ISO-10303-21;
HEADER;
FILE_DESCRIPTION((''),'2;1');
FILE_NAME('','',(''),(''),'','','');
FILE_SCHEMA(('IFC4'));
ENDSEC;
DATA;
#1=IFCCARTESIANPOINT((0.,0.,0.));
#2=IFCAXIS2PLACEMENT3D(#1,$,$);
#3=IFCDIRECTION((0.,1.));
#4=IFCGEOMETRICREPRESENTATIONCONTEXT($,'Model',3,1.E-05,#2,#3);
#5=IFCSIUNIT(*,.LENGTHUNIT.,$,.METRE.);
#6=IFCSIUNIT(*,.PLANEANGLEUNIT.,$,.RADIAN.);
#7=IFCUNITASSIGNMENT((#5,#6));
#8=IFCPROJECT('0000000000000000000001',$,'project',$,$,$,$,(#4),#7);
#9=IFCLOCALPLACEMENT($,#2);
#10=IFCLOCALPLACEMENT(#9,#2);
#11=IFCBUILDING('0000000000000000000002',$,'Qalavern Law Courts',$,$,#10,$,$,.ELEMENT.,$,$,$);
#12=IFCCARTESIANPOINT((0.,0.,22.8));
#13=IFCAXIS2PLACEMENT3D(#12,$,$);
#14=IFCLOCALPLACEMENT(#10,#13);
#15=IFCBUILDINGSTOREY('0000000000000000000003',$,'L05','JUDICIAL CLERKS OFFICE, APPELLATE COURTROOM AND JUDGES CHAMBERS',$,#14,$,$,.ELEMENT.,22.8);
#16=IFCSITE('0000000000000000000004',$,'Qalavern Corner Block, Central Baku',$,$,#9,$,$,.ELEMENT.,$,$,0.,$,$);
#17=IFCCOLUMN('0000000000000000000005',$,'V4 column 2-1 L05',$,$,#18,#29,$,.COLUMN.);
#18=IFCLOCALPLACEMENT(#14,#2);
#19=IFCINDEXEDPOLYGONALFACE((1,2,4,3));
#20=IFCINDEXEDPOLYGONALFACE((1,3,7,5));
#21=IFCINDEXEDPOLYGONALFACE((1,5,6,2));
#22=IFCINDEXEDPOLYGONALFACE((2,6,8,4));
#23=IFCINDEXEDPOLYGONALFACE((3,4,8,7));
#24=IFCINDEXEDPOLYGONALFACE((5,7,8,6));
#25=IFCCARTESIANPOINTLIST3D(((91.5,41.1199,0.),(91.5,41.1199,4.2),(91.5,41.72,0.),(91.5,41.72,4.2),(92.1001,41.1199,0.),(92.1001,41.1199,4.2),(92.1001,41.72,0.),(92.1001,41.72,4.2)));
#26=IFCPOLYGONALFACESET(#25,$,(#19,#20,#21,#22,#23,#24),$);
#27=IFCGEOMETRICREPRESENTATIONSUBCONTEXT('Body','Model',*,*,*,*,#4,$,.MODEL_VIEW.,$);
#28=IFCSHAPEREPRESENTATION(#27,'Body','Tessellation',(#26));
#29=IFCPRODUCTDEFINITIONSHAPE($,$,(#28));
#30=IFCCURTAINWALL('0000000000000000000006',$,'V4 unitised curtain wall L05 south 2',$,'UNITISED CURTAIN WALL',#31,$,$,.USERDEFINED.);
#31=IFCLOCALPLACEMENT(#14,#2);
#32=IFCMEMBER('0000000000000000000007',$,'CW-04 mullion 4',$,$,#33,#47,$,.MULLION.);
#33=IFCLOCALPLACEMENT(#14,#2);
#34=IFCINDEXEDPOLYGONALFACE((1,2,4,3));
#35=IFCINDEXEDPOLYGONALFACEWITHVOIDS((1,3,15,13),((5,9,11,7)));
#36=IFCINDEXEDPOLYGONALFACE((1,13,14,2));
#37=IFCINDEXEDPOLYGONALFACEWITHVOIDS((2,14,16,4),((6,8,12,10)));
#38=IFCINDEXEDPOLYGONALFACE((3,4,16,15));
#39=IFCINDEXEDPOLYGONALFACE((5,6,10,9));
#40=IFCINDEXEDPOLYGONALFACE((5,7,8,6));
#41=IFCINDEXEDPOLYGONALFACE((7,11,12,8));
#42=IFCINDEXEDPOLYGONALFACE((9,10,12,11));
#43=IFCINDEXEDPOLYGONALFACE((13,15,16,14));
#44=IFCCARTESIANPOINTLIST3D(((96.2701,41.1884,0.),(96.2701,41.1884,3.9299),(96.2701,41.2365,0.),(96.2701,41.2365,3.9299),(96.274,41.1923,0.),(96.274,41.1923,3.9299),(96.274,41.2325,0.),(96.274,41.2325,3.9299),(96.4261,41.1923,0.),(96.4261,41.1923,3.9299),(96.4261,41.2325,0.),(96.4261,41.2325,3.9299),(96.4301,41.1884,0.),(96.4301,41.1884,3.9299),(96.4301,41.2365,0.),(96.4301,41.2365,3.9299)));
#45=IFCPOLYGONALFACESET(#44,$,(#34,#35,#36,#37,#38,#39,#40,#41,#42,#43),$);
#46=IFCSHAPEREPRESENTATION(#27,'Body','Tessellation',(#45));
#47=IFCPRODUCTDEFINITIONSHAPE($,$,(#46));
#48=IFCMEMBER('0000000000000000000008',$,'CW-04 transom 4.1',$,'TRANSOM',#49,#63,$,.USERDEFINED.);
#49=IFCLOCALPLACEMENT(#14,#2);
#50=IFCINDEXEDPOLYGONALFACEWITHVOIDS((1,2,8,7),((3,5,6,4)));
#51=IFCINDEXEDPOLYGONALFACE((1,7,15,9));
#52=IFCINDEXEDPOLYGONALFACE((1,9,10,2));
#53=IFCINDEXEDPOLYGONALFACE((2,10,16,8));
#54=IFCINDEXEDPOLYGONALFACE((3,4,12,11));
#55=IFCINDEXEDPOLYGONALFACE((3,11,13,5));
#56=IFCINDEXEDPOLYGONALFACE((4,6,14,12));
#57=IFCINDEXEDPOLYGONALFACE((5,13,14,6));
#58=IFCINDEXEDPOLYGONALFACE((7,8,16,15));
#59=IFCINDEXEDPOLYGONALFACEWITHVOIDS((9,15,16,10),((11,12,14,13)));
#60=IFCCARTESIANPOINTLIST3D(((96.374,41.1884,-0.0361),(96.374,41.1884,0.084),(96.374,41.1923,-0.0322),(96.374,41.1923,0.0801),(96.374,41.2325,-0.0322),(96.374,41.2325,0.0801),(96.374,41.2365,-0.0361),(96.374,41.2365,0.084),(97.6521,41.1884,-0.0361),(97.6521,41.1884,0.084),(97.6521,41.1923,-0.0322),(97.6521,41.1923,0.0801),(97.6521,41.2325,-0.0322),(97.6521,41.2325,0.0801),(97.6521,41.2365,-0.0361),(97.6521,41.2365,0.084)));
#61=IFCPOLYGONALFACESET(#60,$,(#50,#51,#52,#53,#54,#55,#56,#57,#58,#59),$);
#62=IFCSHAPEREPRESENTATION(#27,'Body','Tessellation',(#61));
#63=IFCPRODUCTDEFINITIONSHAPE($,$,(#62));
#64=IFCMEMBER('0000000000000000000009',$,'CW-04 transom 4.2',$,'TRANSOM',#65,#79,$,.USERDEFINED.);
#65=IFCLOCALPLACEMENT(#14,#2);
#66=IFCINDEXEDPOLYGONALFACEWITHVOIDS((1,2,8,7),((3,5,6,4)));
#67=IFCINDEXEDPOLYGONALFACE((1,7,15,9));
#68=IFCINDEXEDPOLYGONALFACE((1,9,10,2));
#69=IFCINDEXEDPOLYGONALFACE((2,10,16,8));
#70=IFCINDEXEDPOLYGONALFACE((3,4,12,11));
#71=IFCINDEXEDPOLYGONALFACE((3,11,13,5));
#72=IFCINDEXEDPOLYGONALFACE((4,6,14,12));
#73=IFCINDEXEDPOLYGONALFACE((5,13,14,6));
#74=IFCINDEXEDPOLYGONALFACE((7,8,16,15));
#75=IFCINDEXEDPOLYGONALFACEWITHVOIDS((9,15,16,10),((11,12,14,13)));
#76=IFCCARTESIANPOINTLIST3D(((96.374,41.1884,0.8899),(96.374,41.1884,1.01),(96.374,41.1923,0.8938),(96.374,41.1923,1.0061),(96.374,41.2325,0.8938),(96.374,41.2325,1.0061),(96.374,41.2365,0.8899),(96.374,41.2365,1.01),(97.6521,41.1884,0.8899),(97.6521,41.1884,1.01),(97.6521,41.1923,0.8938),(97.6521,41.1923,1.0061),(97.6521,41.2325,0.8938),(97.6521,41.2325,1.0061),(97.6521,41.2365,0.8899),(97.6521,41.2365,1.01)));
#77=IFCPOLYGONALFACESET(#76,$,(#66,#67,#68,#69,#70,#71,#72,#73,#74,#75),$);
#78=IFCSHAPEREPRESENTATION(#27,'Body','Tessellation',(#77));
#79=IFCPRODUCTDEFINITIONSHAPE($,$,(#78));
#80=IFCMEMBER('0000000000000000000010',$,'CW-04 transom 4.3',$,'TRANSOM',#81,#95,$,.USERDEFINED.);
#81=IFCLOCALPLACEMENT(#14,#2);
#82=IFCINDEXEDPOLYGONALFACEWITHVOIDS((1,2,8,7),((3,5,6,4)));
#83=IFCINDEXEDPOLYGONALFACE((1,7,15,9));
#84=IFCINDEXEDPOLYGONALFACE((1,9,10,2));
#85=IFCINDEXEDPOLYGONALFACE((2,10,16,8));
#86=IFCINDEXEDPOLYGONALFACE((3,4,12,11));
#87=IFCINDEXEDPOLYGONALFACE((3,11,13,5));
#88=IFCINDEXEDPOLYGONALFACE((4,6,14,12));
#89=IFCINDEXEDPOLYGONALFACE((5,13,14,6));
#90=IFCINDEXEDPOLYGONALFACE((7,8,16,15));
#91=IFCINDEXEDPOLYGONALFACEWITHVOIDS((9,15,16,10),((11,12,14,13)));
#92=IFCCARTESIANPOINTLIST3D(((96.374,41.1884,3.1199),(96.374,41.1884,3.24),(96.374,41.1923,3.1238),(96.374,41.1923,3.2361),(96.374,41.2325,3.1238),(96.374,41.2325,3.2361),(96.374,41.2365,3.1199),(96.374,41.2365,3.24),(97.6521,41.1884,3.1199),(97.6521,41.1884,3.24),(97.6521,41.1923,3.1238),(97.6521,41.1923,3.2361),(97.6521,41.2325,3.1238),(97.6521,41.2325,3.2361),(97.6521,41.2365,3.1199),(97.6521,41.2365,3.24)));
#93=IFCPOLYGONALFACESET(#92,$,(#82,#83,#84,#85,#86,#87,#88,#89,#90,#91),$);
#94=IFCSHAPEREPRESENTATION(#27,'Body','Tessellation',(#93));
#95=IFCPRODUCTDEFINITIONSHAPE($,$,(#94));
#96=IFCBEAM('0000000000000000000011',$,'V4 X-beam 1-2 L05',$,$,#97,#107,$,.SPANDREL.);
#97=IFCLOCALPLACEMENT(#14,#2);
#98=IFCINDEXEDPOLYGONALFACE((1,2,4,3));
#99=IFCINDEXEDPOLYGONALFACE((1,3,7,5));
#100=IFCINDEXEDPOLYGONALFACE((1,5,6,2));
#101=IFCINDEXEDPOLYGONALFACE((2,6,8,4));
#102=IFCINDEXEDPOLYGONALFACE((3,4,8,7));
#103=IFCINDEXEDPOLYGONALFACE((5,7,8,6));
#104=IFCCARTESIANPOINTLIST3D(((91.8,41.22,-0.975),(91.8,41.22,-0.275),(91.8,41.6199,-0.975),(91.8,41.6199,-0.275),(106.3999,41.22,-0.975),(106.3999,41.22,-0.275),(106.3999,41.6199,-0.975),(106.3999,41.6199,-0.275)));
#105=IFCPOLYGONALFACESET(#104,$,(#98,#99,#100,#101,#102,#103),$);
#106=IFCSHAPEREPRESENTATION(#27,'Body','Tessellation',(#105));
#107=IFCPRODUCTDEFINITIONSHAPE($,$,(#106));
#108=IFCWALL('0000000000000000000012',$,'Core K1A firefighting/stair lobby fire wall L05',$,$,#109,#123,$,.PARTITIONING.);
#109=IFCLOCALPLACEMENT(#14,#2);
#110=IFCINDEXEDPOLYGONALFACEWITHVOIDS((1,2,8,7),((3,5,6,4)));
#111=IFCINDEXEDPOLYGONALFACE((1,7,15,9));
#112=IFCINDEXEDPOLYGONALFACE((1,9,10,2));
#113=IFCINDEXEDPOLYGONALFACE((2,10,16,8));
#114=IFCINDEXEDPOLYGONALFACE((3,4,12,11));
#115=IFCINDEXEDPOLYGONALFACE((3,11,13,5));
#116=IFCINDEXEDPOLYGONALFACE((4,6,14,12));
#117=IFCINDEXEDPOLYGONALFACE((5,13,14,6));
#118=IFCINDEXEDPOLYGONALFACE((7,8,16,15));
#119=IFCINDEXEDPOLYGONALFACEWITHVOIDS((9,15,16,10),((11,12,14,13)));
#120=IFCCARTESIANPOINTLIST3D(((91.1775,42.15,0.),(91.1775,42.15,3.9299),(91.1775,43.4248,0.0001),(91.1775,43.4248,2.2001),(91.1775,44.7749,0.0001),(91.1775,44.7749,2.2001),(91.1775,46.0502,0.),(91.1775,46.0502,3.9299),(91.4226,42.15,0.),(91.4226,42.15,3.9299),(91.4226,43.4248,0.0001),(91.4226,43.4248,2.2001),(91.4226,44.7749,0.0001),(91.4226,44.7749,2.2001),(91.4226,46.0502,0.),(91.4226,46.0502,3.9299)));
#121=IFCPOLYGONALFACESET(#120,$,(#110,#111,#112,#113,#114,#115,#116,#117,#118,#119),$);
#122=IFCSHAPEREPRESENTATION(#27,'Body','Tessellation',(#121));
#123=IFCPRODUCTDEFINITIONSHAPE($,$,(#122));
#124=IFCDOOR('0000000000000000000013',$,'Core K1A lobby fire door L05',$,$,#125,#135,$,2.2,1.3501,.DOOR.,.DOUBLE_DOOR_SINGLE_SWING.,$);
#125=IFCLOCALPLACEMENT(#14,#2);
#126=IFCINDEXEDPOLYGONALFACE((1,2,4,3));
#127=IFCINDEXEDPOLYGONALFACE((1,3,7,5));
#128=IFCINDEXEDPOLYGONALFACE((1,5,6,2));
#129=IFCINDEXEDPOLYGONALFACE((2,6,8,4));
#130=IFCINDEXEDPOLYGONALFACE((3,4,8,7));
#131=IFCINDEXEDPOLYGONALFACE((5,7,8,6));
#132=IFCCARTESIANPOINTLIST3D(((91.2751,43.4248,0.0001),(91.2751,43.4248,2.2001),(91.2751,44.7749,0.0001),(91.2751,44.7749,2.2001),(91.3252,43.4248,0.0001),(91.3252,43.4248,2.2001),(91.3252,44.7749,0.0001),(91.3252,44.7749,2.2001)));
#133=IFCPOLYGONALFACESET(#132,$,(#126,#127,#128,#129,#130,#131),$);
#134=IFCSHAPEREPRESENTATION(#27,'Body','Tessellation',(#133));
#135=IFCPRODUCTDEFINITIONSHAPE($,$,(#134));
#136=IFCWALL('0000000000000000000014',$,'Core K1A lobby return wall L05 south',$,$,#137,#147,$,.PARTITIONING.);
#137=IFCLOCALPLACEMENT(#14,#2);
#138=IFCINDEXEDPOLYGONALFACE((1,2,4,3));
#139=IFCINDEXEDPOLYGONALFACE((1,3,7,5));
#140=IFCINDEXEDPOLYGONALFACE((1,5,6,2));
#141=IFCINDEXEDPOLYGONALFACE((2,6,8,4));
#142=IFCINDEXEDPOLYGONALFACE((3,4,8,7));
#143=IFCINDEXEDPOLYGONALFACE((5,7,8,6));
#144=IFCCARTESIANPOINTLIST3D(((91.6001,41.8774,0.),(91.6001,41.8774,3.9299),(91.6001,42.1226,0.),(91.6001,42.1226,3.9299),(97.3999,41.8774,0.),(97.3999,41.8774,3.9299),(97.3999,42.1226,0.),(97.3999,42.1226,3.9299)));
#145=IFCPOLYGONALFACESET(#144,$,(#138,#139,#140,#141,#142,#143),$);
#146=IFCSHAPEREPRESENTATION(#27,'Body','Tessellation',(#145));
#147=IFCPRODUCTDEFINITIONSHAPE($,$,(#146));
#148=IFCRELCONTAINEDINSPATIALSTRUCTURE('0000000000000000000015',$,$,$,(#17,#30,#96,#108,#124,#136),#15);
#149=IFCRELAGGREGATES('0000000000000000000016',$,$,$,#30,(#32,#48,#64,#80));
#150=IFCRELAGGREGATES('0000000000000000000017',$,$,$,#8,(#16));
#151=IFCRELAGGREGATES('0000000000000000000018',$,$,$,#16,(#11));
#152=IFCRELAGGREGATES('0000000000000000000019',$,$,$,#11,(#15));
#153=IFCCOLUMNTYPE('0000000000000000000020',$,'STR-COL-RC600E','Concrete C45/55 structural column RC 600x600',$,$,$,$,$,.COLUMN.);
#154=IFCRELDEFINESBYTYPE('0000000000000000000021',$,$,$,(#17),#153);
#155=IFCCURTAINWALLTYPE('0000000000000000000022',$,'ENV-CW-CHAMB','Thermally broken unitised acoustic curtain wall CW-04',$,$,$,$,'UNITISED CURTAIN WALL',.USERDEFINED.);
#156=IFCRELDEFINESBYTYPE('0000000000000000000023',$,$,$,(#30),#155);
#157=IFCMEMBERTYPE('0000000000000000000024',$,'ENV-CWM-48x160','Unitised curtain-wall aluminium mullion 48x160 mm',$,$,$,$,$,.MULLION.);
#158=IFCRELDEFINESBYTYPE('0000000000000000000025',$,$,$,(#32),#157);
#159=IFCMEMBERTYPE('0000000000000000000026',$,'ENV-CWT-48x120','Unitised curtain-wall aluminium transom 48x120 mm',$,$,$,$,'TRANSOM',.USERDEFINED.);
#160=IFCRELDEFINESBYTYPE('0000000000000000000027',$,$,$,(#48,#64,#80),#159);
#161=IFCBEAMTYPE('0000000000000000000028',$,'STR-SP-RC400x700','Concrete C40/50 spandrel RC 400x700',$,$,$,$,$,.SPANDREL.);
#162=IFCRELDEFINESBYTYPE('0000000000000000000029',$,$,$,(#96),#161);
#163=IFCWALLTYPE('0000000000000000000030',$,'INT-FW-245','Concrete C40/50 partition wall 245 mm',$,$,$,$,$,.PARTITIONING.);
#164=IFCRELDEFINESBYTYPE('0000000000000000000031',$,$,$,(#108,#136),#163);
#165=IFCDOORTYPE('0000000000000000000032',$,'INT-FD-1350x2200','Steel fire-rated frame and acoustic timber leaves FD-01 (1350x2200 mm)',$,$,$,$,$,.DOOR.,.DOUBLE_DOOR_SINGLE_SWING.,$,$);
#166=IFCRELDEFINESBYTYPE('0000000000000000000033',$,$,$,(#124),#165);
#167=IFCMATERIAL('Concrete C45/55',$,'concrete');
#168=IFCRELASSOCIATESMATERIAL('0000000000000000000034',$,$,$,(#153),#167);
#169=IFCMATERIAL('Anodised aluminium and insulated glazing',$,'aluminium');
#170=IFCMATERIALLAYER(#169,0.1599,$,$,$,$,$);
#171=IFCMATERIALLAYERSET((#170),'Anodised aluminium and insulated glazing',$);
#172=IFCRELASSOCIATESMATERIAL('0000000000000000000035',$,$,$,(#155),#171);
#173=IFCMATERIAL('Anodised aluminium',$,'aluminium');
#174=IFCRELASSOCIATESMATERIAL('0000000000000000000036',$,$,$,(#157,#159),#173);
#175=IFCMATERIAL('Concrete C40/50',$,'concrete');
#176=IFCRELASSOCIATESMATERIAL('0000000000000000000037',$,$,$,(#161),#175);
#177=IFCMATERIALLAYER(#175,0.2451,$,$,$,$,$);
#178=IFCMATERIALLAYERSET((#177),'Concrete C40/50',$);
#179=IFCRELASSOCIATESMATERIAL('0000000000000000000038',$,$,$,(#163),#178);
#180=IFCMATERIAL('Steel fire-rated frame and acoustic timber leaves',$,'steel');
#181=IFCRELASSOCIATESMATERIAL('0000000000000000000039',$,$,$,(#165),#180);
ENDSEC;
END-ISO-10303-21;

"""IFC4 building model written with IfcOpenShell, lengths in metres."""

from ifc_helpers import new_model, si_unit, direction, frame, frame_2d, origin, origin_2d, place, context, subcontext, project, spatial, rectangle, hollow_rectangle, extrude, material, layer, layer_set, material_profile, profile_set, type_object, element, fill, aggregate, save


model = new_model("IFC4")

# Units and contexts
model_context = context("Model", 3, precision=1e-05, world=origin(), true_north=direction((0.0, 1.0)))
body_context = subcontext(model_context, "Body", "Model", "MODEL_VIEW")
ifc_project = project(units=[si_unit("LENGTHUNIT", "METRE"), si_unit("PLANEANGLEUNIT", "RADIAN")], contexts=[model_context])

# Site, building, storey
site_placement = place(None, origin())
site = spatial("IfcSite", under=ifc_project, at=site_placement, Name="Qalavern Corner Block, Central Baku", CompositionType="ELEMENT", RefElevation=0.0)
building_placement = place(site_placement, origin())
building = spatial("IfcBuilding", under=site, at=building_placement, Name="Qalavern Law Courts", CompositionType="ELEMENT")
storey_placement = place(building_placement, frame((0.0, 0.0, 22.8)))
storey = spatial("IfcBuildingStorey", under=building, at=storey_placement, Name="L05", Description="JUDICIAL CLERKS OFFICE, APPELLATE COURTROOM AND JUDGES CHAMBERS", CompositionType="ELEMENT", Elevation=22.8)

# Column
ifc_material_1 = material(Name="Concrete C45/55", Category="concrete")
ifc_material_profile_1 = material_profile(ifc_material_1, rectangle(XDim=0.6001, YDim=0.6001, at=origin_2d()), Name="RC 600x600")
ifc_profile_set_1 = profile_set([ifc_material_profile_1], Name="Concrete C45/55")
column_type = type_object("IfcColumnType", Name="STR-COL-RC600E", Description="Concrete C45/55 structural column RC 600x600", PredefinedType="COLUMN", material=ifc_profile_set_1)
column_placement = place(storey_placement, frame((91.8, 41.4199, 0.0), z_axis=(0.0, 0.0, 1.0), x_axis=(1.0, 0.0, 0.0)))
element("IfcColumn", 1, at=column_placement, inside=storey, type_object=column_type, Name="V4 column 2-1 L05", PredefinedType="COLUMN", context=body_context, shape_type="SweptSolid", body=[
    extrude(rectangle(XDim=0.6001, YDim=0.6001, at=origin_2d()), origin(), (0.0, 0.0, 1.0), 4.2),
])

# Curtain wall, members
ifc_material_2 = material(Name="Anodised aluminium and insulated glazing", Category="aluminium")
ifc_layer_1 = layer(ifc_material_2, 0.1599)
ifc_layer_set_1 = layer_set([ifc_layer_1], Name="Anodised aluminium and insulated glazing")
curtain_wall_type = type_object("IfcCurtainWallType", Name="ENV-CW-CHAMB", Description="Thermally broken unitised acoustic curtain wall CW-04", ElementType="UNITISED CURTAIN WALL", PredefinedType="USERDEFINED", material=ifc_layer_set_1)
curtain_wall_placement = place(storey_placement, origin())
curtain_wall = element("IfcCurtainWall", 2, at=curtain_wall_placement, inside=storey, type_object=curtain_wall_type, Name="V4 unitised curtain wall L05 south 2", ObjectType="UNITISED CURTAIN WALL", PredefinedType="USERDEFINED")
ifc_material_3 = material(Name="Anodised aluminium", Category="aluminium")
ifc_material_profile_2 = material_profile(ifc_material_3, hollow_rectangle(XDim=0.0481, YDim=0.1599, WallThickness=0.0039, at=origin_2d()), Name="ALU MULLION 48x160")
ifc_profile_set_2 = profile_set([ifc_material_profile_2], Name="Anodised aluminium")
member_type_1 = type_object("IfcMemberType", Name="ENV-CWM-48x160", Description="Unitised curtain-wall aluminium mullion 48x160 mm", PredefinedType="MULLION", material=ifc_profile_set_2)
member_1_placement = place(storey_placement, frame((96.3501, 41.2124, 0.0), z_axis=(0.0, 0.0, 1.0), x_axis=(0.0, 1.0, 0.0)))
member_1 = element("IfcMember", 3, at=member_1_placement, type_object=member_type_1, Name="CW-04 mullion 4", PredefinedType="MULLION", context=body_context, shape_type="SweptSolid", body=[
    extrude(hollow_rectangle(XDim=0.0481, YDim=0.1599, WallThickness=0.0039, at=origin_2d()), origin(), (0.0, 0.0, 1.0), 3.9299),
])
ifc_material_profile_3 = material_profile(ifc_material_3, hollow_rectangle(XDim=0.0481, YDim=0.1201, WallThickness=0.0039, at=origin_2d()), Name="ALU TRANSOM 48x120")
ifc_profile_set_3 = profile_set([ifc_material_profile_3], Name="Anodised aluminium")
member_type_2 = type_object("IfcMemberType", Name="ENV-CWT-48x120", Description="Unitised curtain-wall aluminium transom 48x120 mm", ElementType="TRANSOM", PredefinedType="USERDEFINED", material=ifc_profile_set_3)
member_2_placement = place(storey_placement, frame((96.374, 41.2124, 0.0239), z_axis=(1.0, 0.0, 0.0), x_axis=(0.0, 1.0, 0.0)))
member_2 = element("IfcMember", 4, at=member_2_placement, type_object=member_type_2, Name="CW-04 transom 4.1", ObjectType="TRANSOM", PredefinedType="USERDEFINED", context=body_context, shape_type="SweptSolid", body=[
    extrude(hollow_rectangle(XDim=0.0481, YDim=0.1201, WallThickness=0.0039, at=origin_2d()), origin(), (0.0, 0.0, 1.0), 1.2781),
])
member_3_placement = place(storey_placement, frame((96.374, 41.2124, 0.95), z_axis=(1.0, 0.0, 0.0), x_axis=(0.0, 1.0, 0.0)))
member_3 = element("IfcMember", 5, at=member_3_placement, type_object=member_type_2, Name="CW-04 transom 4.2", ObjectType="TRANSOM", PredefinedType="USERDEFINED", context=body_context, shape_type="SweptSolid", body=[
    extrude(hollow_rectangle(XDim=0.0481, YDim=0.1201, WallThickness=0.0039, at=origin_2d()), origin(), (0.0, 0.0, 1.0), 1.2781),
])
member_4_placement = place(storey_placement, frame((96.374, 41.2124, 3.1799), z_axis=(1.0, 0.0, 0.0), x_axis=(0.0, 1.0, 0.0)))
member_4 = element("IfcMember", 6, at=member_4_placement, type_object=member_type_2, Name="CW-04 transom 4.3", ObjectType="TRANSOM", PredefinedType="USERDEFINED", context=body_context, shape_type="SweptSolid", body=[
    extrude(hollow_rectangle(XDim=0.0481, YDim=0.1201, WallThickness=0.0039, at=origin_2d()), origin(), (0.0, 0.0, 1.0), 1.2781),
])
aggregate(curtain_wall, [member_1, member_2, member_3, member_4])

# Beam
ifc_material_4 = material(Name="Concrete C40/50", Category="concrete")
ifc_material_profile_4 = material_profile(ifc_material_4, rectangle(XDim=0.3999, YDim=0.7, at=origin_2d()), Name="RC 400x700")
ifc_profile_set_4 = profile_set([ifc_material_profile_4], Name="Concrete C40/50")
beam_type = type_object("IfcBeamType", Name="STR-SP-RC400x700", Description="Concrete C40/50 spandrel RC 400x700", PredefinedType="SPANDREL", material=ifc_profile_set_4)
beam_placement = place(storey_placement, frame((91.8, 41.4199, -0.625), z_axis=(1.0, 0.0, 0.0), x_axis=(0.0, 1.0, 0.0)))
element("IfcBeam", 7, at=beam_placement, inside=storey, type_object=beam_type, Name="V4 X-beam 1-2 L05", PredefinedType="SPANDREL", context=body_context, shape_type="SweptSolid", body=[
    extrude(rectangle(XDim=0.3999, YDim=0.7, at=origin_2d()), origin(), (0.0, 0.0, 1.0), 14.5999),
])

# Wall, opening, door
ifc_layer_2 = layer(ifc_material_4, 0.2451)
ifc_layer_set_2 = layer_set([ifc_layer_2], Name="Concrete C40/50")
wall_type_1 = type_object("IfcWallType", Name="INT-FW-245", Description="Concrete C40/50 partition wall 245 mm", PredefinedType="PARTITIONING", material=ifc_layer_set_2)
wall_1_placement = place(storey_placement, frame((91.3, 42.1499, 0.0), z_axis=(0.0, 0.0, 1.0), x_axis=(0.0, 1.0, 0.0)))
wall_1 = element("IfcWall", 8, at=wall_1_placement, inside=storey, type_object=wall_type_1, Name="Core K1A firefighting/stair lobby fire wall L05", PredefinedType="PARTITIONING", context=body_context, shape_type="SweptSolid", body=[
    extrude(rectangle(XDim=3.9001, YDim=0.2451, at=frame_2d((1.9502, 0.0))), origin(), (0.0, 0.0, 1.0), 3.9299),
])
opening_1_placement = place(wall_1_placement, frame((1.2749, 0.0, 0.0)))
opening_1 = element("IfcOpeningElement", 9, at=opening_1_placement, cuts=wall_1, PredefinedType="OPENING", context=body_context, shape_type="SweptSolid", body=[
    extrude(rectangle(XDim=1.3501, YDim=2.2, at=frame_2d((0.675, 1.1001))), frame((0.0, 0.1375, 0.0), z_axis=(0.0, -1.0, 0.0), x_axis=(1.0, 0.0, 0.0)), (0.0, 0.0, 1.0), 0.2749),
])
ifc_material_5 = material(Name="Steel fire-rated frame and acoustic timber leaves", Category="steel")
door_type_1 = type_object("IfcDoorType", Name="INT-FD-1350x2200", Description="Steel fire-rated frame and acoustic timber leaves FD-01 (1350x2200 mm)", OperationType="DOUBLE_DOOR_SINGLE_SWING", PredefinedType="DOOR", material=ifc_material_5)
door_1_placement = place(opening_1_placement, origin())
door_1 = element("IfcDoor", 10, at=door_1_placement, inside=storey, type_object=door_type_1, Name="Core K1A lobby fire door L05", OperationType="DOUBLE_DOOR_SINGLE_SWING", OverallHeight=2.2, OverallWidth=1.3501, PredefinedType="DOOR", context=body_context, shape_type="SweptSolid", body=[
    extrude(rectangle(XDim=1.3501, YDim=2.2, at=frame_2d((0.675, 1.1001))), frame((0.0, 0.0249, 0.0), z_axis=(0.0, -1.0, 0.0), x_axis=(1.0, 0.0, 0.0)), (0.0, 0.0, 1.0), 0.05),
])
fill(opening_1, door_1)

# Wall
wall_2_placement = place(storey_placement, frame((91.6001, 42.0, 0.0), z_axis=(0.0, 0.0, 1.0), x_axis=(1.0, 0.0, 0.0)))
element("IfcWall", 11, at=wall_2_placement, inside=storey, type_object=wall_type_1, Name="Core K1A lobby return wall L05 south", PredefinedType="PARTITIONING", context=body_context, shape_type="SweptSolid", body=[
    extrude(rectangle(XDim=5.7998, YDim=0.2451, at=frame_2d((2.8999, 0.0))), origin(), (0.0, 0.0, 1.0), 3.9299),
])

save(model, "model.ifc")
